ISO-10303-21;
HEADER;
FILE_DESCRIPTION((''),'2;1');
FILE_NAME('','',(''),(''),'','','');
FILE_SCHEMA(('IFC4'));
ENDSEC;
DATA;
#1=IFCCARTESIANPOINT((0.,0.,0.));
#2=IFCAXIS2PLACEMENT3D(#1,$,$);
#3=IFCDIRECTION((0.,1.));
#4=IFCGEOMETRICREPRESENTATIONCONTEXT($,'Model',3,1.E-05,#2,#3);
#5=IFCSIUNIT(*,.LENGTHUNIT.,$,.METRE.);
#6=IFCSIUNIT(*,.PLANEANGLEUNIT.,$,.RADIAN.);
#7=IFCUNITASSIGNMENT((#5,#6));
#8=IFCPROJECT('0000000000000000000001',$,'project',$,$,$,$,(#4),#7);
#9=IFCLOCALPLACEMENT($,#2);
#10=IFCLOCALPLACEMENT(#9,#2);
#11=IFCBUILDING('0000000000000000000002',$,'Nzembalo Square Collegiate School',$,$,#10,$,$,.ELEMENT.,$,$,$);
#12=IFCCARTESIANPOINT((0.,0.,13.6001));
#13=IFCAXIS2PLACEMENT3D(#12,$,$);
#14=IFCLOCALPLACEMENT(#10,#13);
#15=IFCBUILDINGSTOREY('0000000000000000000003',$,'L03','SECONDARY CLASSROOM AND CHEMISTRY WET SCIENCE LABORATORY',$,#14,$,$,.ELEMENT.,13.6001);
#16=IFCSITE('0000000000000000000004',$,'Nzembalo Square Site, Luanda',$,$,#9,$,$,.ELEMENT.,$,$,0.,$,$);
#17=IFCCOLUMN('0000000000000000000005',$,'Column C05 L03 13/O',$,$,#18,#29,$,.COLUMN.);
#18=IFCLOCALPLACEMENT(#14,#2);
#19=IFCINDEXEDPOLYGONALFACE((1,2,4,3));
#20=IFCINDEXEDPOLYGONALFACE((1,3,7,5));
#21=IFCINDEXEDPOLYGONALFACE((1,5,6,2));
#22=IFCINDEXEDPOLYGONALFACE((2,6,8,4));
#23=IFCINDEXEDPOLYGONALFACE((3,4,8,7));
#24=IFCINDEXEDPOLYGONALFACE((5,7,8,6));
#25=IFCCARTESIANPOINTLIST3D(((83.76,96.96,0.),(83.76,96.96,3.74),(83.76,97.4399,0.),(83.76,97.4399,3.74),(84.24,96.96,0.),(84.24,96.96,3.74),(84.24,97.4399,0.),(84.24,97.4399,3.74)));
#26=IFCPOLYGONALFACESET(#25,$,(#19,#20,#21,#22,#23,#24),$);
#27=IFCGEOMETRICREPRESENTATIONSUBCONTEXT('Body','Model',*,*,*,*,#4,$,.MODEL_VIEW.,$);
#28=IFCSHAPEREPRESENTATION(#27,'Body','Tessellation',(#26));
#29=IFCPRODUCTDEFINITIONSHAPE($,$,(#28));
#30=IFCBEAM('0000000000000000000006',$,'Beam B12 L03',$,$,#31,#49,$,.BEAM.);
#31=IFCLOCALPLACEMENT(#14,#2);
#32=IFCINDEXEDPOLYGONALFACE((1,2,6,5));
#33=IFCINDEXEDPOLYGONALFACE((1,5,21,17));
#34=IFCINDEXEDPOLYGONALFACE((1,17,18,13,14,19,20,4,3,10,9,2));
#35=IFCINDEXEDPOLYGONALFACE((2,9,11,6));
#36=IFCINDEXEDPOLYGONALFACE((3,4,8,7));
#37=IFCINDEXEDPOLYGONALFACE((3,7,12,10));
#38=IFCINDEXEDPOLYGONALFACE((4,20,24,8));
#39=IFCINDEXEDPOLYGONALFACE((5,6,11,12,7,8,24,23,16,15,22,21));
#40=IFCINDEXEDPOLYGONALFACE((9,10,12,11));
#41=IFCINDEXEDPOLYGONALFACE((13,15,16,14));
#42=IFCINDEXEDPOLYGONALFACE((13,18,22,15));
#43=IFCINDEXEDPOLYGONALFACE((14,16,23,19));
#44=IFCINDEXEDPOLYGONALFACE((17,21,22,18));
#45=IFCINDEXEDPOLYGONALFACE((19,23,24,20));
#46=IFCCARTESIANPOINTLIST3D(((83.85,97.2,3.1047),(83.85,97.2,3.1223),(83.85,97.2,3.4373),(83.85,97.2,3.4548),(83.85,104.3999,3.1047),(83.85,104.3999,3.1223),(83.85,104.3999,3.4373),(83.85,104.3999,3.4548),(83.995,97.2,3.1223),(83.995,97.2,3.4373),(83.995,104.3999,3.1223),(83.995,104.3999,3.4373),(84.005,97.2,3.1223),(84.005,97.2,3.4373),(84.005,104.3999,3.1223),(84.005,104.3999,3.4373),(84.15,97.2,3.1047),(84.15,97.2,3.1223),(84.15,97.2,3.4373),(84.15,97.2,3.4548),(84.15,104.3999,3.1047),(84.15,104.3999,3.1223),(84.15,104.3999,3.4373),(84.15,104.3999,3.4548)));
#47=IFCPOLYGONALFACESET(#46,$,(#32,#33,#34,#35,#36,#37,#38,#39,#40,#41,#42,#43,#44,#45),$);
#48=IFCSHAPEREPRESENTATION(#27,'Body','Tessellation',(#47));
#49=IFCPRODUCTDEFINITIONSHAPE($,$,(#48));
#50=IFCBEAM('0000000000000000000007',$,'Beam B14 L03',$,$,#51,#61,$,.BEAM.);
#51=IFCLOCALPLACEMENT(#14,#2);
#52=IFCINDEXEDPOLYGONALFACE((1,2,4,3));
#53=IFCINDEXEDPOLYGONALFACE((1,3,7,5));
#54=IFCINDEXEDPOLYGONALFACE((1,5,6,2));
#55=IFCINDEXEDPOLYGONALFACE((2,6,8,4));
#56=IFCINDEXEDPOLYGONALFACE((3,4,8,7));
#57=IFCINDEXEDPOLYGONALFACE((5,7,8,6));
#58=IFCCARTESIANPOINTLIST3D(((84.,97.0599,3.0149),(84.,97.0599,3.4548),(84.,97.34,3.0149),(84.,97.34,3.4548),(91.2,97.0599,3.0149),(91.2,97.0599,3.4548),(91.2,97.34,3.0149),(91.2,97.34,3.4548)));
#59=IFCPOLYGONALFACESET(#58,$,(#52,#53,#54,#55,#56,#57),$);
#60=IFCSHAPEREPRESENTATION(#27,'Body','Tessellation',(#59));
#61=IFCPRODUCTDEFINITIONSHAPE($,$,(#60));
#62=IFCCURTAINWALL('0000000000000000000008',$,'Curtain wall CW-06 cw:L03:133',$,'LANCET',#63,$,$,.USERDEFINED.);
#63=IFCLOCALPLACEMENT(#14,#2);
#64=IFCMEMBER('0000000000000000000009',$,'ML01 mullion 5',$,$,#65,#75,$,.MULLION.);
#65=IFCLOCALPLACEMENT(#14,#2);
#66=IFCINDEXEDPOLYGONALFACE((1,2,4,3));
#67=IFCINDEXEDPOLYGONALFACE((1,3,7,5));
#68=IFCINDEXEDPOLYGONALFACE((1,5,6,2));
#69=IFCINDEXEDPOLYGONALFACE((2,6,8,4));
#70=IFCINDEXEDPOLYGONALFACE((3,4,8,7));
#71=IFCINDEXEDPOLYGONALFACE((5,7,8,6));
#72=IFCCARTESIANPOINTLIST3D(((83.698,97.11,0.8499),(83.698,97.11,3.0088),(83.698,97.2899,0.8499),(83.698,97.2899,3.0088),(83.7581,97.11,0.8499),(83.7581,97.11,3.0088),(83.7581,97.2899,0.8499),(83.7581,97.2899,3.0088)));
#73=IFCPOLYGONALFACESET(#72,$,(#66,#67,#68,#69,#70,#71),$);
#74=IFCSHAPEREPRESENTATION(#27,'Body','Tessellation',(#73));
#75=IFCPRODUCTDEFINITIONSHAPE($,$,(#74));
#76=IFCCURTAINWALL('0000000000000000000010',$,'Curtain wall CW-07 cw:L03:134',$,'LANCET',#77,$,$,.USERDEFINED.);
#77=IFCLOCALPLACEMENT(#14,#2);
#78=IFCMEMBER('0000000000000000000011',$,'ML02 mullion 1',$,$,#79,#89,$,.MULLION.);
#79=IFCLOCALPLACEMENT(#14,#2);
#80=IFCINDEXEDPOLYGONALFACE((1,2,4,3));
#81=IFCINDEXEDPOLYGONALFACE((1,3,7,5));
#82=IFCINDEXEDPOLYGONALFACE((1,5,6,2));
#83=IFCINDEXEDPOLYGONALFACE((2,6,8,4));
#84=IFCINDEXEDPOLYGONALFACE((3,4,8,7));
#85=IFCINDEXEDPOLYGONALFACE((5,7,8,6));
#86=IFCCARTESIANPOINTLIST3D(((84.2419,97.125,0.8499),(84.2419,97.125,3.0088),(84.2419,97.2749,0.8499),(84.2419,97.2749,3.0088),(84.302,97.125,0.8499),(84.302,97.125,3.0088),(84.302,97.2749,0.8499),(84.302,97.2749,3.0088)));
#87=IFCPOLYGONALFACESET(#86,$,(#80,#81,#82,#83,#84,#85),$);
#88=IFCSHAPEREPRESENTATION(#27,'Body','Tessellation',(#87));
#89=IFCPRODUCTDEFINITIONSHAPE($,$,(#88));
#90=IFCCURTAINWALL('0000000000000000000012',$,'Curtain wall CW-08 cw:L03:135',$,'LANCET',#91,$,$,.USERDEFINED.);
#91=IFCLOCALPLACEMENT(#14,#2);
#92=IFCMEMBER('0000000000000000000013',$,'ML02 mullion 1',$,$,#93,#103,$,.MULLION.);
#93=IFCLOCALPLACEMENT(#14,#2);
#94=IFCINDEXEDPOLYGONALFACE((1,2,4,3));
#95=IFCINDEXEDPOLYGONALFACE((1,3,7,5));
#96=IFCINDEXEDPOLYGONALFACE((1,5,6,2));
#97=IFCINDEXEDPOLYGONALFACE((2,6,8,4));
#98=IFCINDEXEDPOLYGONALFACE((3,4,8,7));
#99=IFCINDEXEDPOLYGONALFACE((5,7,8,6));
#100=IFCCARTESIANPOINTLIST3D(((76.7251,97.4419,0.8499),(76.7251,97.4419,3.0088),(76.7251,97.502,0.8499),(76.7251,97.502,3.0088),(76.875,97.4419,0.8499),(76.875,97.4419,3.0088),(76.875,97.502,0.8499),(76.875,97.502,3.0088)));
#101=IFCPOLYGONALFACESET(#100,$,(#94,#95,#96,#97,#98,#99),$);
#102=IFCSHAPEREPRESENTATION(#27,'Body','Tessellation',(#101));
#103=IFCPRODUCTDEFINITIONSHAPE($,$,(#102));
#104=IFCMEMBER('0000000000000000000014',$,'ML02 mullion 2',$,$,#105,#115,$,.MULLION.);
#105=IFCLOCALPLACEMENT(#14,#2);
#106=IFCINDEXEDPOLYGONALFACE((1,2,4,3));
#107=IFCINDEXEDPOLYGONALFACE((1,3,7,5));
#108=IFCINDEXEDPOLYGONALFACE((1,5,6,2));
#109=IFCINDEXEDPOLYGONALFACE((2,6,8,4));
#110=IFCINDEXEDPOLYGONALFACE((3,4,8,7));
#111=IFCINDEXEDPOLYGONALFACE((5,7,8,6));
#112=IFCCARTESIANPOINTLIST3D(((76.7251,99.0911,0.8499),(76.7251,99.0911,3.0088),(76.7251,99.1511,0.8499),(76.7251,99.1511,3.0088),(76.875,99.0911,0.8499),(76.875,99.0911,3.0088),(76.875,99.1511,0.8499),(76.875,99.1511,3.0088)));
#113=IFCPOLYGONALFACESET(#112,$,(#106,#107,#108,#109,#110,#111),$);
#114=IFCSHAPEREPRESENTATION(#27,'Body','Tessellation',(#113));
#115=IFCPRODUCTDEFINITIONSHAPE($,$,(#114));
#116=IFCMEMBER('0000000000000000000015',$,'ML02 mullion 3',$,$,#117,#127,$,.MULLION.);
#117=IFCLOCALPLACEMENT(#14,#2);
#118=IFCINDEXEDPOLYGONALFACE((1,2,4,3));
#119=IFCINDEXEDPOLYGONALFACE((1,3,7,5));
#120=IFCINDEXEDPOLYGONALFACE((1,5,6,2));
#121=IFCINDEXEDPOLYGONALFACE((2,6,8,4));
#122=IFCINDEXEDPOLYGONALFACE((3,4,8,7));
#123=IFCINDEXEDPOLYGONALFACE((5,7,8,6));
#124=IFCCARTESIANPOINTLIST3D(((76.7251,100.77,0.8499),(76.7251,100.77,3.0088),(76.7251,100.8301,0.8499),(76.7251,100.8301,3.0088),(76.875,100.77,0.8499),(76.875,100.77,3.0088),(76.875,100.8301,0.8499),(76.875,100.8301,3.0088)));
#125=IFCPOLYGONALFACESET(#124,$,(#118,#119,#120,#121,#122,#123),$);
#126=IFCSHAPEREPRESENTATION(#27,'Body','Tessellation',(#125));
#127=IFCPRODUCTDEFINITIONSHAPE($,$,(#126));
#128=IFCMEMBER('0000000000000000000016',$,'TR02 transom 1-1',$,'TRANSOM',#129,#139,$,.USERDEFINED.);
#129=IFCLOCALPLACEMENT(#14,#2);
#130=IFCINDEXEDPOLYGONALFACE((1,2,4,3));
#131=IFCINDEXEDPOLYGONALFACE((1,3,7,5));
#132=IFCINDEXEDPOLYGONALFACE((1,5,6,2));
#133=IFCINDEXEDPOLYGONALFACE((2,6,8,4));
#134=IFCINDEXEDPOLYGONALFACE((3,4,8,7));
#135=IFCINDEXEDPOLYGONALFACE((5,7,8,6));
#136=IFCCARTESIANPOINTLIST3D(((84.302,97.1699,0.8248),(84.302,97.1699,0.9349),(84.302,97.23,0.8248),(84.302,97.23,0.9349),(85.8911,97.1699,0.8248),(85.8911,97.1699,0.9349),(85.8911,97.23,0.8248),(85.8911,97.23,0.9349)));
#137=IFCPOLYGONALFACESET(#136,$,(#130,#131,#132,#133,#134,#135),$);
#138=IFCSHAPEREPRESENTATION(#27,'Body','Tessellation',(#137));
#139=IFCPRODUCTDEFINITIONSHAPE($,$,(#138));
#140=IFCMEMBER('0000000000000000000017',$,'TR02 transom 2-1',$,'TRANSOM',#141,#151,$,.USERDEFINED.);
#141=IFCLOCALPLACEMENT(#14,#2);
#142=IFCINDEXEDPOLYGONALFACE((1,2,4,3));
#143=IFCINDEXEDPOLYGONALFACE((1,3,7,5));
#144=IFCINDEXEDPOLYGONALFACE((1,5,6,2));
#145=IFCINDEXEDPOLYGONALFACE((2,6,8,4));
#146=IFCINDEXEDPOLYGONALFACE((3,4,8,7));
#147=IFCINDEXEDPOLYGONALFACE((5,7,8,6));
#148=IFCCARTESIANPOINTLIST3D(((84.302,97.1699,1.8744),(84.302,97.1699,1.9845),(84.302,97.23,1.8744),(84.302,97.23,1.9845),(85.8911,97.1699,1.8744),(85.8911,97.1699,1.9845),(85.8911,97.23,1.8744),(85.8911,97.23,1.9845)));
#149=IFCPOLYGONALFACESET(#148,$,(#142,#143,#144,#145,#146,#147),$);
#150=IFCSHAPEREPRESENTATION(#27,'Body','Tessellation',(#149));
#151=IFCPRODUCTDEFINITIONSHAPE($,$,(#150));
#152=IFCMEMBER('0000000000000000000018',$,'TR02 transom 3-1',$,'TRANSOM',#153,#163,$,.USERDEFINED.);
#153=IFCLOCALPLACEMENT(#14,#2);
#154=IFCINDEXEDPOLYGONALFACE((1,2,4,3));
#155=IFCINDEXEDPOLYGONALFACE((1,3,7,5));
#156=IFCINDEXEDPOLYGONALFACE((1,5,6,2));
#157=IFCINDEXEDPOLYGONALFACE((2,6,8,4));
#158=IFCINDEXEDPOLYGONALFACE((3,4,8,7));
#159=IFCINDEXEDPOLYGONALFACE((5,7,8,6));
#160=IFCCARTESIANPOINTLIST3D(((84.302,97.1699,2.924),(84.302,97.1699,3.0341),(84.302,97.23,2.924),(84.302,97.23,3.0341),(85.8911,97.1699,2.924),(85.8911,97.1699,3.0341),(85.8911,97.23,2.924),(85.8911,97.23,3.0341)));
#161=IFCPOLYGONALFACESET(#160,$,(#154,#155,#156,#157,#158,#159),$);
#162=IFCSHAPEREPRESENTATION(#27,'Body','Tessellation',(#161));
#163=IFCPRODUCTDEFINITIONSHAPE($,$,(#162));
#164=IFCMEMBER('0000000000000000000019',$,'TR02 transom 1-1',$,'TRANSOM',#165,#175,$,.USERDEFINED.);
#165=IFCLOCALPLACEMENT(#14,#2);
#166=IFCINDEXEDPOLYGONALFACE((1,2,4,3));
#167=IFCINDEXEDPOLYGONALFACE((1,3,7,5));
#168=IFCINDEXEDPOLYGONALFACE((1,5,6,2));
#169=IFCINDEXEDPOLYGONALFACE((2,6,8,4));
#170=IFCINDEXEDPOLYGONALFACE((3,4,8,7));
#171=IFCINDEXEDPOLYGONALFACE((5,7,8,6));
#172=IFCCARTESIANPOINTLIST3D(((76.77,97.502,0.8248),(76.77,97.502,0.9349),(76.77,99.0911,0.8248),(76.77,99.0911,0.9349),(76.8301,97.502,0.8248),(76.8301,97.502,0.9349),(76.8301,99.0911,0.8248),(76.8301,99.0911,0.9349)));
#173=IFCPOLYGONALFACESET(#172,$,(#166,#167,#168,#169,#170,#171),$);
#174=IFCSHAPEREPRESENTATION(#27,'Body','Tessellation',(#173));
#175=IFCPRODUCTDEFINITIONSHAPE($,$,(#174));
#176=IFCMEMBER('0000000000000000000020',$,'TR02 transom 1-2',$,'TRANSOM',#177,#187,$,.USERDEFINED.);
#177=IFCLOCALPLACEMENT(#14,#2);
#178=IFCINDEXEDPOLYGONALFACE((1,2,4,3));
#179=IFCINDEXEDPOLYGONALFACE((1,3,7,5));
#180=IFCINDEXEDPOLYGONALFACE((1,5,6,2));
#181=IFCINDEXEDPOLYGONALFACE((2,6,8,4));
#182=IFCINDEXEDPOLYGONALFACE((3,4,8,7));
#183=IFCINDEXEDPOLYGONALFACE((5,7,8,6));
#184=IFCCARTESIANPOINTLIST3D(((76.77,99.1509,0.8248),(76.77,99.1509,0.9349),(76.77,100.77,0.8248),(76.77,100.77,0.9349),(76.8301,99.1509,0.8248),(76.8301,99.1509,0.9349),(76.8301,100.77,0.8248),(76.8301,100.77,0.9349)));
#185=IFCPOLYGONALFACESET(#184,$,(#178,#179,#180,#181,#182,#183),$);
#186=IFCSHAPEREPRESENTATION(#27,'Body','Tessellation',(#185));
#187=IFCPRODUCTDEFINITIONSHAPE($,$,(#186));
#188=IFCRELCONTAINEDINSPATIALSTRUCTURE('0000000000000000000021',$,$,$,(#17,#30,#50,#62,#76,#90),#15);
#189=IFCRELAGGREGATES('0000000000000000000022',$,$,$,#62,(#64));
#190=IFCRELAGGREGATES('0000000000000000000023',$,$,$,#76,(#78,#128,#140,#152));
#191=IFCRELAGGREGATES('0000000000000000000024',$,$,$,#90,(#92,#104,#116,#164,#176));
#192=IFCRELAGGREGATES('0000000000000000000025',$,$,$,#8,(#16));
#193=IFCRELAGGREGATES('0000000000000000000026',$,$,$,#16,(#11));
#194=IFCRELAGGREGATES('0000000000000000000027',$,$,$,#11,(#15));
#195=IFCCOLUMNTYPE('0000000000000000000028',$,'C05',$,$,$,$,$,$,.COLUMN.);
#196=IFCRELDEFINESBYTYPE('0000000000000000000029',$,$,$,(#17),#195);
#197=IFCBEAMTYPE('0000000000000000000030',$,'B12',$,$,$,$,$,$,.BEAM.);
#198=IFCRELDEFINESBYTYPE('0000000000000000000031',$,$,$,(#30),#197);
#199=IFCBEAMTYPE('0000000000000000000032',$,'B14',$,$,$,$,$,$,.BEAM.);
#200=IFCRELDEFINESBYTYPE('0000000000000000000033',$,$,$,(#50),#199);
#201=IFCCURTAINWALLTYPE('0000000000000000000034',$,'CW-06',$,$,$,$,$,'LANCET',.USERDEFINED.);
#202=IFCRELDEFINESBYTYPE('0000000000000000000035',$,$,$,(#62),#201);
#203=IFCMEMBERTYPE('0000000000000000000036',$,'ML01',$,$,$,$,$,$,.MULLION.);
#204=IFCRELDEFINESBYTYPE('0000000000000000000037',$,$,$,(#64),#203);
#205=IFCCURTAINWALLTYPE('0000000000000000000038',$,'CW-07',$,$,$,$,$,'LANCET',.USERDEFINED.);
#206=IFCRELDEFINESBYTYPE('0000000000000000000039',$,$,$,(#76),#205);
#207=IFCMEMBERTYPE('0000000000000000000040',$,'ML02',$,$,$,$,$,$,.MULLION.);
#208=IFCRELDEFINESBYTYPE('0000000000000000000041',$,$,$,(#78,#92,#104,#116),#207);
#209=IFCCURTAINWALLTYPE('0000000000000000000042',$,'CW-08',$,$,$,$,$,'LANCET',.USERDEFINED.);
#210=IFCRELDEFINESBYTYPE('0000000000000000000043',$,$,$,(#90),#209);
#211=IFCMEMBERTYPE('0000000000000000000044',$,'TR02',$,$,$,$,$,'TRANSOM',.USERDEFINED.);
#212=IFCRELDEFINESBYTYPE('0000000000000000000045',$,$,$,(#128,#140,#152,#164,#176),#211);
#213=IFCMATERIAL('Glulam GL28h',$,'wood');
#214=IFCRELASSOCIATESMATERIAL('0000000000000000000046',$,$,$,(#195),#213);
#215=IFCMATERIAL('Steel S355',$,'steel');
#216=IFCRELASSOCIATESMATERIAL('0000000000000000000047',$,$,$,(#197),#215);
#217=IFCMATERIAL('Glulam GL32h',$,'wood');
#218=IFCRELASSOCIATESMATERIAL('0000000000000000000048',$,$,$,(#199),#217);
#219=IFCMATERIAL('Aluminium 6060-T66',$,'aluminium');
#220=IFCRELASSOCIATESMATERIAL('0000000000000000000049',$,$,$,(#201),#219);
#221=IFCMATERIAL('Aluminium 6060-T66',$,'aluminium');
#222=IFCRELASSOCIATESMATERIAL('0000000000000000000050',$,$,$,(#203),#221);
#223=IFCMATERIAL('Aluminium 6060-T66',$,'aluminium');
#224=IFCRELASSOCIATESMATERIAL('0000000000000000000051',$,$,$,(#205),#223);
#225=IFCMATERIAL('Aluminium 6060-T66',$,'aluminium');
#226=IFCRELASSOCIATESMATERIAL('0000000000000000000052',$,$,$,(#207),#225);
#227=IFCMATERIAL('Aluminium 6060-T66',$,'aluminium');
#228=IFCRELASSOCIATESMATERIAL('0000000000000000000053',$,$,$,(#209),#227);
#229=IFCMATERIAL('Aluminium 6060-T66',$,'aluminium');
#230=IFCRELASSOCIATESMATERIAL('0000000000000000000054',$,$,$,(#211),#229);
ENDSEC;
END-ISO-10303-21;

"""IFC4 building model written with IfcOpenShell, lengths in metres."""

from ifc_helpers import new_model, si_unit, direction, frame, origin, origin_2d, place, context, subcontext, project, spatial, rectangle, i_section, extrude, material, material_profile, profile_set, type_object, element, aggregate, save


model = new_model("IFC4")

# Units and contexts
model_context = context("Model", 3, precision=1e-05, world=origin(), true_north=direction((0.0, 1.0)))
body_context = subcontext(model_context, "Body", "Model", "MODEL_VIEW")
ifc_project = project(units=[si_unit("LENGTHUNIT", "METRE"), si_unit("PLANEANGLEUNIT", "RADIAN")], contexts=[model_context])

# Site, building, storey
site_placement = place(None, origin())
site = spatial("IfcSite", under=ifc_project, at=site_placement, Name="Nzembalo Square Site, Luanda", CompositionType="ELEMENT", RefElevation=0.0)
building_placement = place(site_placement, origin())
building = spatial("IfcBuilding", under=site, at=building_placement, Name="Nzembalo Square Collegiate School", CompositionType="ELEMENT")
storey_placement = place(building_placement, frame((0.0, 0.0, 13.6001)))
storey = spatial("IfcBuildingStorey", under=building, at=storey_placement, Name="L03", Description="SECONDARY CLASSROOM AND CHEMISTRY WET SCIENCE LABORATORY", CompositionType="ELEMENT", Elevation=13.6001)

# Column
ifc_material_1 = material(Name="Glulam GL28h", Category="wood")
ifc_material_profile_1 = material_profile(ifc_material_1, rectangle(XDim=0.48, YDim=0.48, at=origin_2d()), Name="GL28h 480x480")
ifc_profile_set_1 = profile_set([ifc_material_profile_1], Name="Glulam GL28h")
column_type = type_object("IfcColumnType", Name="C05", PredefinedType="COLUMN", material=ifc_profile_set_1)
column_placement = place(storey_placement, frame((84.0, 97.2, 0.0), z_axis=(0.0, 0.0, 1.0), x_axis=(1.0, 0.0, 0.0)))
element("IfcColumn", 1, at=column_placement, inside=storey, type_object=column_type, Name="Column C05 L03 13/O", PredefinedType="COLUMN", context=body_context, shape_type="SweptSolid", body=[
    extrude(rectangle(XDim=0.48, YDim=0.48, at=origin_2d()), origin(), (0.0, 0.0, 1.0), 3.74),
])

# Beams
ifc_material_2 = material(Name="Steel S355", Category="steel")
ifc_material_profile_2 = material_profile(ifc_material_2, i_section(OverallWidth=0.3, OverallDepth=0.3501, WebThickness=0.01, FlangeThickness=0.0176, at=origin_2d()), Name="HEA 360")
ifc_profile_set_2 = profile_set([ifc_material_profile_2], Name="Steel S355")
beam_type_1 = type_object("IfcBeamType", Name="B12", PredefinedType="BEAM", material=ifc_profile_set_2)
beam_1_placement = place(storey_placement, frame((84.0, 97.2, 3.2798), z_axis=(0.0, 1.0, 0.0), x_axis=(-1.0, 0.0, 0.0)))
element("IfcBeam", 2, at=beam_1_placement, inside=storey, type_object=beam_type_1, Name="Beam B12 L03", PredefinedType="BEAM", context=body_context, shape_type="SweptSolid", body=[
    extrude(i_section(OverallWidth=0.3, OverallDepth=0.3501, WebThickness=0.01, FlangeThickness=0.0176, at=origin_2d()), origin(), (0.0, 0.0, 1.0), 7.2),
])
ifc_material_3 = material(Name="Glulam GL32h", Category="wood")
ifc_material_profile_3 = material_profile(ifc_material_3, rectangle(XDim=0.28, YDim=0.4399, at=origin_2d()), Name="GL32h 280x440")
ifc_profile_set_3 = profile_set([ifc_material_profile_3], Name="Glulam GL32h")
beam_type_2 = type_object("IfcBeamType", Name="B14", PredefinedType="BEAM", material=ifc_profile_set_3)
beam_2_placement = place(storey_placement, frame((84.0, 97.2, 3.2349), z_axis=(1.0, 0.0, 0.0), x_axis=(0.0, 1.0, 0.0)))
element("IfcBeam", 3, at=beam_2_placement, inside=storey, type_object=beam_type_2, Name="Beam B14 L03", PredefinedType="BEAM", context=body_context, shape_type="SweptSolid", body=[
    extrude(rectangle(XDim=0.28, YDim=0.4399, at=origin_2d()), origin(), (0.0, 0.0, 1.0), 7.2),
])

# Curtain walls, members
ifc_material_4 = material(Name="Aluminium 6060-T66", Category="aluminium")
curtain_wall_type_1 = type_object("IfcCurtainWallType", Name="CW-06", ElementType="LANCET", PredefinedType="USERDEFINED", material=ifc_material_4)
curtain_wall_1_placement = place(storey_placement, origin())
curtain_wall_1 = element("IfcCurtainWall", 4, at=curtain_wall_1_placement, inside=storey, type_object=curtain_wall_type_1, Name="Curtain wall CW-06 cw:L03:133", ObjectType="LANCET", PredefinedType="USERDEFINED")
ifc_material_5 = material(Name="Aluminium 6060-T66", Category="aluminium")
ifc_material_profile_4 = material_profile(ifc_material_5, rectangle(XDim=0.0601, YDim=0.1799, at=origin_2d()), Name="ALU M60x180")
ifc_profile_set_4 = profile_set([ifc_material_profile_4], Name="Aluminium 6060-T66")
member_type_1 = type_object("IfcMemberType", Name="ML01", PredefinedType="MULLION", material=ifc_profile_set_4)
member_1_placement = place(storey_placement, frame((83.728, 97.2, 0.8499), z_axis=(0.0, 0.0, 1.0), x_axis=(1.0, 0.0, 0.0)))
member_1 = element("IfcMember", 5, at=member_1_placement, type_object=member_type_1, Name="ML01 mullion 5", PredefinedType="MULLION", context=body_context, shape_type="SweptSolid", body=[
    extrude(rectangle(XDim=0.0601, YDim=0.1799, at=origin_2d()), origin(), (0.0, 0.0, 1.0), 2.1589),
])
ifc_material_6 = material(Name="Aluminium 6060-T66", Category="aluminium")
curtain_wall_type_2 = type_object("IfcCurtainWallType", Name="CW-07", ElementType="LANCET", PredefinedType="USERDEFINED", material=ifc_material_6)
curtain_wall_2_placement = place(storey_placement, origin())
curtain_wall_2 = element("IfcCurtainWall", 6, at=curtain_wall_2_placement, inside=storey, type_object=curtain_wall_type_2, Name="Curtain wall CW-07 cw:L03:134", ObjectType="LANCET", PredefinedType="USERDEFINED")
ifc_material_7 = material(Name="Aluminium 6060-T66", Category="aluminium")
ifc_material_profile_5 = material_profile(ifc_material_7, rectangle(XDim=0.0601, YDim=0.1499, at=origin_2d()), Name="ALU M60x150")
ifc_profile_set_5 = profile_set([ifc_material_profile_5], Name="Aluminium 6060-T66")
member_type_2 = type_object("IfcMemberType", Name="ML02", PredefinedType="MULLION", material=ifc_profile_set_5)
member_2_placement = place(storey_placement, frame((84.272, 97.2, 0.8499), z_axis=(0.0, 0.0, 1.0), x_axis=(1.0, 0.0, 0.0)))
member_2 = element("IfcMember", 7, at=member_2_placement, type_object=member_type_2, Name="ML02 mullion 1", PredefinedType="MULLION", context=body_context, shape_type="SweptSolid", body=[
    extrude(rectangle(XDim=0.0601, YDim=0.1499, at=origin_2d()), origin(), (0.0, 0.0, 1.0), 2.1589),
])

# Curtain wall, members
ifc_material_8 = material(Name="Aluminium 6060-T66", Category="aluminium")
curtain_wall_type_3 = type_object("IfcCurtainWallType", Name="CW-08", ElementType="LANCET", PredefinedType="USERDEFINED", material=ifc_material_8)
curtain_wall_3_placement = place(storey_placement, origin())
curtain_wall_3 = element("IfcCurtainWall", 8, at=curtain_wall_3_placement, inside=storey, type_object=curtain_wall_type_3, Name="Curtain wall CW-08 cw:L03:135", ObjectType="LANCET", PredefinedType="USERDEFINED")
member_3_placement = place(storey_placement, frame((76.8, 97.4719, 0.8499), z_axis=(0.0, 0.0, 1.0), x_axis=(0.0, 1.0, 0.0)))
member_3 = element("IfcMember", 9, at=member_3_placement, type_object=member_type_2, Name="ML02 mullion 1", PredefinedType="MULLION", context=body_context, shape_type="SweptSolid", body=[
    extrude(rectangle(XDim=0.0601, YDim=0.1499, at=origin_2d()), origin(), (0.0, 0.0, 1.0), 2.1589),
])
member_4_placement = place(storey_placement, frame((76.8, 99.1211, 0.8499), z_axis=(0.0, 0.0, 1.0), x_axis=(0.0, 1.0, 0.0)))
member_4 = element("IfcMember", 10, at=member_4_placement, type_object=member_type_2, Name="ML02 mullion 2", PredefinedType="MULLION", context=body_context, shape_type="SweptSolid", body=[
    extrude(rectangle(XDim=0.0601, YDim=0.1499, at=origin_2d()), origin(), (0.0, 0.0, 1.0), 2.1589),
])
member_5_placement = place(storey_placement, frame((76.8, 100.8, 0.8499), z_axis=(0.0, 0.0, 1.0), x_axis=(0.0, 1.0, 0.0)))
member_5 = element("IfcMember", 11, at=member_5_placement, type_object=member_type_2, Name="ML02 mullion 3", PredefinedType="MULLION", context=body_context, shape_type="SweptSolid", body=[
    extrude(rectangle(XDim=0.0601, YDim=0.1499, at=origin_2d()), origin(), (0.0, 0.0, 1.0), 2.1589),
])

# Members
ifc_material_9 = material(Name="Aluminium 6060-T66", Category="aluminium")
ifc_material_profile_6 = material_profile(ifc_material_9, rectangle(XDim=0.0601, YDim=0.1101, at=origin_2d()), Name="ALU T60x110")
ifc_profile_set_6 = profile_set([ifc_material_profile_6], Name="Aluminium 6060-T66")
member_type_3 = type_object("IfcMemberType", Name="TR02", ElementType="TRANSOM", PredefinedType="USERDEFINED", material=ifc_profile_set_6)
member_6_placement = place(storey_placement, frame((84.302, 97.2, 0.8799), z_axis=(1.0, 0.0, 0.0), x_axis=(0.0, 1.0, 0.0)))
member_6 = element("IfcMember", 12, at=member_6_placement, type_object=member_type_3, Name="TR02 transom 1-1", ObjectType="TRANSOM", PredefinedType="USERDEFINED", context=body_context, shape_type="SweptSolid", body=[
    extrude(rectangle(XDim=0.0601, YDim=0.1101, at=origin_2d()), origin(), (0.0, 0.0, 1.0), 1.5891),
])
member_7_placement = place(storey_placement, frame((84.302, 97.2, 1.9294), z_axis=(1.0, 0.0, 0.0), x_axis=(0.0, 1.0, 0.0)))
member_7 = element("IfcMember", 13, at=member_7_placement, type_object=member_type_3, Name="TR02 transom 2-1", ObjectType="TRANSOM", PredefinedType="USERDEFINED", context=body_context, shape_type="SweptSolid", body=[
    extrude(rectangle(XDim=0.0601, YDim=0.1101, at=origin_2d()), origin(), (0.0, 0.0, 1.0), 1.5891),
])
member_8_placement = place(storey_placement, frame((84.302, 97.2, 2.979), z_axis=(1.0, 0.0, 0.0), x_axis=(0.0, 1.0, 0.0)))
member_8 = element("IfcMember", 14, at=member_8_placement, type_object=member_type_3, Name="TR02 transom 3-1", ObjectType="TRANSOM", PredefinedType="USERDEFINED", context=body_context, shape_type="SweptSolid", body=[
    extrude(rectangle(XDim=0.0601, YDim=0.1101, at=origin_2d()), origin(), (0.0, 0.0, 1.0), 1.5891),
])
member_9_placement = place(storey_placement, frame((76.8, 97.502, 0.8799), z_axis=(0.0, 1.0, 0.0), x_axis=(-1.0, 0.0, 0.0)))
member_9 = element("IfcMember", 15, at=member_9_placement, type_object=member_type_3, Name="TR02 transom 1-1", ObjectType="TRANSOM", PredefinedType="USERDEFINED", context=body_context, shape_type="SweptSolid", body=[
    extrude(rectangle(XDim=0.0601, YDim=0.1101, at=origin_2d()), origin(), (0.0, 0.0, 1.0), 1.5891),
])
member_10_placement = place(storey_placement, frame((76.8, 99.1509, 0.8799), z_axis=(0.0, 1.0, 0.0), x_axis=(-1.0, 0.0, 0.0)))
member_10 = element("IfcMember", 16, at=member_10_placement, type_object=member_type_3, Name="TR02 transom 1-2", ObjectType="TRANSOM", PredefinedType="USERDEFINED", context=body_context, shape_type="SweptSolid", body=[
    extrude(rectangle(XDim=0.0601, YDim=0.1101, at=origin_2d()), origin(), (0.0, 0.0, 1.0), 1.6191),
])

aggregate(curtain_wall_1, [member_1])
aggregate(curtain_wall_2, [member_2, member_6, member_7, member_8])
aggregate(curtain_wall_3, [member_3, member_4, member_5, member_9, member_10])

save(model, "model.ifc")
